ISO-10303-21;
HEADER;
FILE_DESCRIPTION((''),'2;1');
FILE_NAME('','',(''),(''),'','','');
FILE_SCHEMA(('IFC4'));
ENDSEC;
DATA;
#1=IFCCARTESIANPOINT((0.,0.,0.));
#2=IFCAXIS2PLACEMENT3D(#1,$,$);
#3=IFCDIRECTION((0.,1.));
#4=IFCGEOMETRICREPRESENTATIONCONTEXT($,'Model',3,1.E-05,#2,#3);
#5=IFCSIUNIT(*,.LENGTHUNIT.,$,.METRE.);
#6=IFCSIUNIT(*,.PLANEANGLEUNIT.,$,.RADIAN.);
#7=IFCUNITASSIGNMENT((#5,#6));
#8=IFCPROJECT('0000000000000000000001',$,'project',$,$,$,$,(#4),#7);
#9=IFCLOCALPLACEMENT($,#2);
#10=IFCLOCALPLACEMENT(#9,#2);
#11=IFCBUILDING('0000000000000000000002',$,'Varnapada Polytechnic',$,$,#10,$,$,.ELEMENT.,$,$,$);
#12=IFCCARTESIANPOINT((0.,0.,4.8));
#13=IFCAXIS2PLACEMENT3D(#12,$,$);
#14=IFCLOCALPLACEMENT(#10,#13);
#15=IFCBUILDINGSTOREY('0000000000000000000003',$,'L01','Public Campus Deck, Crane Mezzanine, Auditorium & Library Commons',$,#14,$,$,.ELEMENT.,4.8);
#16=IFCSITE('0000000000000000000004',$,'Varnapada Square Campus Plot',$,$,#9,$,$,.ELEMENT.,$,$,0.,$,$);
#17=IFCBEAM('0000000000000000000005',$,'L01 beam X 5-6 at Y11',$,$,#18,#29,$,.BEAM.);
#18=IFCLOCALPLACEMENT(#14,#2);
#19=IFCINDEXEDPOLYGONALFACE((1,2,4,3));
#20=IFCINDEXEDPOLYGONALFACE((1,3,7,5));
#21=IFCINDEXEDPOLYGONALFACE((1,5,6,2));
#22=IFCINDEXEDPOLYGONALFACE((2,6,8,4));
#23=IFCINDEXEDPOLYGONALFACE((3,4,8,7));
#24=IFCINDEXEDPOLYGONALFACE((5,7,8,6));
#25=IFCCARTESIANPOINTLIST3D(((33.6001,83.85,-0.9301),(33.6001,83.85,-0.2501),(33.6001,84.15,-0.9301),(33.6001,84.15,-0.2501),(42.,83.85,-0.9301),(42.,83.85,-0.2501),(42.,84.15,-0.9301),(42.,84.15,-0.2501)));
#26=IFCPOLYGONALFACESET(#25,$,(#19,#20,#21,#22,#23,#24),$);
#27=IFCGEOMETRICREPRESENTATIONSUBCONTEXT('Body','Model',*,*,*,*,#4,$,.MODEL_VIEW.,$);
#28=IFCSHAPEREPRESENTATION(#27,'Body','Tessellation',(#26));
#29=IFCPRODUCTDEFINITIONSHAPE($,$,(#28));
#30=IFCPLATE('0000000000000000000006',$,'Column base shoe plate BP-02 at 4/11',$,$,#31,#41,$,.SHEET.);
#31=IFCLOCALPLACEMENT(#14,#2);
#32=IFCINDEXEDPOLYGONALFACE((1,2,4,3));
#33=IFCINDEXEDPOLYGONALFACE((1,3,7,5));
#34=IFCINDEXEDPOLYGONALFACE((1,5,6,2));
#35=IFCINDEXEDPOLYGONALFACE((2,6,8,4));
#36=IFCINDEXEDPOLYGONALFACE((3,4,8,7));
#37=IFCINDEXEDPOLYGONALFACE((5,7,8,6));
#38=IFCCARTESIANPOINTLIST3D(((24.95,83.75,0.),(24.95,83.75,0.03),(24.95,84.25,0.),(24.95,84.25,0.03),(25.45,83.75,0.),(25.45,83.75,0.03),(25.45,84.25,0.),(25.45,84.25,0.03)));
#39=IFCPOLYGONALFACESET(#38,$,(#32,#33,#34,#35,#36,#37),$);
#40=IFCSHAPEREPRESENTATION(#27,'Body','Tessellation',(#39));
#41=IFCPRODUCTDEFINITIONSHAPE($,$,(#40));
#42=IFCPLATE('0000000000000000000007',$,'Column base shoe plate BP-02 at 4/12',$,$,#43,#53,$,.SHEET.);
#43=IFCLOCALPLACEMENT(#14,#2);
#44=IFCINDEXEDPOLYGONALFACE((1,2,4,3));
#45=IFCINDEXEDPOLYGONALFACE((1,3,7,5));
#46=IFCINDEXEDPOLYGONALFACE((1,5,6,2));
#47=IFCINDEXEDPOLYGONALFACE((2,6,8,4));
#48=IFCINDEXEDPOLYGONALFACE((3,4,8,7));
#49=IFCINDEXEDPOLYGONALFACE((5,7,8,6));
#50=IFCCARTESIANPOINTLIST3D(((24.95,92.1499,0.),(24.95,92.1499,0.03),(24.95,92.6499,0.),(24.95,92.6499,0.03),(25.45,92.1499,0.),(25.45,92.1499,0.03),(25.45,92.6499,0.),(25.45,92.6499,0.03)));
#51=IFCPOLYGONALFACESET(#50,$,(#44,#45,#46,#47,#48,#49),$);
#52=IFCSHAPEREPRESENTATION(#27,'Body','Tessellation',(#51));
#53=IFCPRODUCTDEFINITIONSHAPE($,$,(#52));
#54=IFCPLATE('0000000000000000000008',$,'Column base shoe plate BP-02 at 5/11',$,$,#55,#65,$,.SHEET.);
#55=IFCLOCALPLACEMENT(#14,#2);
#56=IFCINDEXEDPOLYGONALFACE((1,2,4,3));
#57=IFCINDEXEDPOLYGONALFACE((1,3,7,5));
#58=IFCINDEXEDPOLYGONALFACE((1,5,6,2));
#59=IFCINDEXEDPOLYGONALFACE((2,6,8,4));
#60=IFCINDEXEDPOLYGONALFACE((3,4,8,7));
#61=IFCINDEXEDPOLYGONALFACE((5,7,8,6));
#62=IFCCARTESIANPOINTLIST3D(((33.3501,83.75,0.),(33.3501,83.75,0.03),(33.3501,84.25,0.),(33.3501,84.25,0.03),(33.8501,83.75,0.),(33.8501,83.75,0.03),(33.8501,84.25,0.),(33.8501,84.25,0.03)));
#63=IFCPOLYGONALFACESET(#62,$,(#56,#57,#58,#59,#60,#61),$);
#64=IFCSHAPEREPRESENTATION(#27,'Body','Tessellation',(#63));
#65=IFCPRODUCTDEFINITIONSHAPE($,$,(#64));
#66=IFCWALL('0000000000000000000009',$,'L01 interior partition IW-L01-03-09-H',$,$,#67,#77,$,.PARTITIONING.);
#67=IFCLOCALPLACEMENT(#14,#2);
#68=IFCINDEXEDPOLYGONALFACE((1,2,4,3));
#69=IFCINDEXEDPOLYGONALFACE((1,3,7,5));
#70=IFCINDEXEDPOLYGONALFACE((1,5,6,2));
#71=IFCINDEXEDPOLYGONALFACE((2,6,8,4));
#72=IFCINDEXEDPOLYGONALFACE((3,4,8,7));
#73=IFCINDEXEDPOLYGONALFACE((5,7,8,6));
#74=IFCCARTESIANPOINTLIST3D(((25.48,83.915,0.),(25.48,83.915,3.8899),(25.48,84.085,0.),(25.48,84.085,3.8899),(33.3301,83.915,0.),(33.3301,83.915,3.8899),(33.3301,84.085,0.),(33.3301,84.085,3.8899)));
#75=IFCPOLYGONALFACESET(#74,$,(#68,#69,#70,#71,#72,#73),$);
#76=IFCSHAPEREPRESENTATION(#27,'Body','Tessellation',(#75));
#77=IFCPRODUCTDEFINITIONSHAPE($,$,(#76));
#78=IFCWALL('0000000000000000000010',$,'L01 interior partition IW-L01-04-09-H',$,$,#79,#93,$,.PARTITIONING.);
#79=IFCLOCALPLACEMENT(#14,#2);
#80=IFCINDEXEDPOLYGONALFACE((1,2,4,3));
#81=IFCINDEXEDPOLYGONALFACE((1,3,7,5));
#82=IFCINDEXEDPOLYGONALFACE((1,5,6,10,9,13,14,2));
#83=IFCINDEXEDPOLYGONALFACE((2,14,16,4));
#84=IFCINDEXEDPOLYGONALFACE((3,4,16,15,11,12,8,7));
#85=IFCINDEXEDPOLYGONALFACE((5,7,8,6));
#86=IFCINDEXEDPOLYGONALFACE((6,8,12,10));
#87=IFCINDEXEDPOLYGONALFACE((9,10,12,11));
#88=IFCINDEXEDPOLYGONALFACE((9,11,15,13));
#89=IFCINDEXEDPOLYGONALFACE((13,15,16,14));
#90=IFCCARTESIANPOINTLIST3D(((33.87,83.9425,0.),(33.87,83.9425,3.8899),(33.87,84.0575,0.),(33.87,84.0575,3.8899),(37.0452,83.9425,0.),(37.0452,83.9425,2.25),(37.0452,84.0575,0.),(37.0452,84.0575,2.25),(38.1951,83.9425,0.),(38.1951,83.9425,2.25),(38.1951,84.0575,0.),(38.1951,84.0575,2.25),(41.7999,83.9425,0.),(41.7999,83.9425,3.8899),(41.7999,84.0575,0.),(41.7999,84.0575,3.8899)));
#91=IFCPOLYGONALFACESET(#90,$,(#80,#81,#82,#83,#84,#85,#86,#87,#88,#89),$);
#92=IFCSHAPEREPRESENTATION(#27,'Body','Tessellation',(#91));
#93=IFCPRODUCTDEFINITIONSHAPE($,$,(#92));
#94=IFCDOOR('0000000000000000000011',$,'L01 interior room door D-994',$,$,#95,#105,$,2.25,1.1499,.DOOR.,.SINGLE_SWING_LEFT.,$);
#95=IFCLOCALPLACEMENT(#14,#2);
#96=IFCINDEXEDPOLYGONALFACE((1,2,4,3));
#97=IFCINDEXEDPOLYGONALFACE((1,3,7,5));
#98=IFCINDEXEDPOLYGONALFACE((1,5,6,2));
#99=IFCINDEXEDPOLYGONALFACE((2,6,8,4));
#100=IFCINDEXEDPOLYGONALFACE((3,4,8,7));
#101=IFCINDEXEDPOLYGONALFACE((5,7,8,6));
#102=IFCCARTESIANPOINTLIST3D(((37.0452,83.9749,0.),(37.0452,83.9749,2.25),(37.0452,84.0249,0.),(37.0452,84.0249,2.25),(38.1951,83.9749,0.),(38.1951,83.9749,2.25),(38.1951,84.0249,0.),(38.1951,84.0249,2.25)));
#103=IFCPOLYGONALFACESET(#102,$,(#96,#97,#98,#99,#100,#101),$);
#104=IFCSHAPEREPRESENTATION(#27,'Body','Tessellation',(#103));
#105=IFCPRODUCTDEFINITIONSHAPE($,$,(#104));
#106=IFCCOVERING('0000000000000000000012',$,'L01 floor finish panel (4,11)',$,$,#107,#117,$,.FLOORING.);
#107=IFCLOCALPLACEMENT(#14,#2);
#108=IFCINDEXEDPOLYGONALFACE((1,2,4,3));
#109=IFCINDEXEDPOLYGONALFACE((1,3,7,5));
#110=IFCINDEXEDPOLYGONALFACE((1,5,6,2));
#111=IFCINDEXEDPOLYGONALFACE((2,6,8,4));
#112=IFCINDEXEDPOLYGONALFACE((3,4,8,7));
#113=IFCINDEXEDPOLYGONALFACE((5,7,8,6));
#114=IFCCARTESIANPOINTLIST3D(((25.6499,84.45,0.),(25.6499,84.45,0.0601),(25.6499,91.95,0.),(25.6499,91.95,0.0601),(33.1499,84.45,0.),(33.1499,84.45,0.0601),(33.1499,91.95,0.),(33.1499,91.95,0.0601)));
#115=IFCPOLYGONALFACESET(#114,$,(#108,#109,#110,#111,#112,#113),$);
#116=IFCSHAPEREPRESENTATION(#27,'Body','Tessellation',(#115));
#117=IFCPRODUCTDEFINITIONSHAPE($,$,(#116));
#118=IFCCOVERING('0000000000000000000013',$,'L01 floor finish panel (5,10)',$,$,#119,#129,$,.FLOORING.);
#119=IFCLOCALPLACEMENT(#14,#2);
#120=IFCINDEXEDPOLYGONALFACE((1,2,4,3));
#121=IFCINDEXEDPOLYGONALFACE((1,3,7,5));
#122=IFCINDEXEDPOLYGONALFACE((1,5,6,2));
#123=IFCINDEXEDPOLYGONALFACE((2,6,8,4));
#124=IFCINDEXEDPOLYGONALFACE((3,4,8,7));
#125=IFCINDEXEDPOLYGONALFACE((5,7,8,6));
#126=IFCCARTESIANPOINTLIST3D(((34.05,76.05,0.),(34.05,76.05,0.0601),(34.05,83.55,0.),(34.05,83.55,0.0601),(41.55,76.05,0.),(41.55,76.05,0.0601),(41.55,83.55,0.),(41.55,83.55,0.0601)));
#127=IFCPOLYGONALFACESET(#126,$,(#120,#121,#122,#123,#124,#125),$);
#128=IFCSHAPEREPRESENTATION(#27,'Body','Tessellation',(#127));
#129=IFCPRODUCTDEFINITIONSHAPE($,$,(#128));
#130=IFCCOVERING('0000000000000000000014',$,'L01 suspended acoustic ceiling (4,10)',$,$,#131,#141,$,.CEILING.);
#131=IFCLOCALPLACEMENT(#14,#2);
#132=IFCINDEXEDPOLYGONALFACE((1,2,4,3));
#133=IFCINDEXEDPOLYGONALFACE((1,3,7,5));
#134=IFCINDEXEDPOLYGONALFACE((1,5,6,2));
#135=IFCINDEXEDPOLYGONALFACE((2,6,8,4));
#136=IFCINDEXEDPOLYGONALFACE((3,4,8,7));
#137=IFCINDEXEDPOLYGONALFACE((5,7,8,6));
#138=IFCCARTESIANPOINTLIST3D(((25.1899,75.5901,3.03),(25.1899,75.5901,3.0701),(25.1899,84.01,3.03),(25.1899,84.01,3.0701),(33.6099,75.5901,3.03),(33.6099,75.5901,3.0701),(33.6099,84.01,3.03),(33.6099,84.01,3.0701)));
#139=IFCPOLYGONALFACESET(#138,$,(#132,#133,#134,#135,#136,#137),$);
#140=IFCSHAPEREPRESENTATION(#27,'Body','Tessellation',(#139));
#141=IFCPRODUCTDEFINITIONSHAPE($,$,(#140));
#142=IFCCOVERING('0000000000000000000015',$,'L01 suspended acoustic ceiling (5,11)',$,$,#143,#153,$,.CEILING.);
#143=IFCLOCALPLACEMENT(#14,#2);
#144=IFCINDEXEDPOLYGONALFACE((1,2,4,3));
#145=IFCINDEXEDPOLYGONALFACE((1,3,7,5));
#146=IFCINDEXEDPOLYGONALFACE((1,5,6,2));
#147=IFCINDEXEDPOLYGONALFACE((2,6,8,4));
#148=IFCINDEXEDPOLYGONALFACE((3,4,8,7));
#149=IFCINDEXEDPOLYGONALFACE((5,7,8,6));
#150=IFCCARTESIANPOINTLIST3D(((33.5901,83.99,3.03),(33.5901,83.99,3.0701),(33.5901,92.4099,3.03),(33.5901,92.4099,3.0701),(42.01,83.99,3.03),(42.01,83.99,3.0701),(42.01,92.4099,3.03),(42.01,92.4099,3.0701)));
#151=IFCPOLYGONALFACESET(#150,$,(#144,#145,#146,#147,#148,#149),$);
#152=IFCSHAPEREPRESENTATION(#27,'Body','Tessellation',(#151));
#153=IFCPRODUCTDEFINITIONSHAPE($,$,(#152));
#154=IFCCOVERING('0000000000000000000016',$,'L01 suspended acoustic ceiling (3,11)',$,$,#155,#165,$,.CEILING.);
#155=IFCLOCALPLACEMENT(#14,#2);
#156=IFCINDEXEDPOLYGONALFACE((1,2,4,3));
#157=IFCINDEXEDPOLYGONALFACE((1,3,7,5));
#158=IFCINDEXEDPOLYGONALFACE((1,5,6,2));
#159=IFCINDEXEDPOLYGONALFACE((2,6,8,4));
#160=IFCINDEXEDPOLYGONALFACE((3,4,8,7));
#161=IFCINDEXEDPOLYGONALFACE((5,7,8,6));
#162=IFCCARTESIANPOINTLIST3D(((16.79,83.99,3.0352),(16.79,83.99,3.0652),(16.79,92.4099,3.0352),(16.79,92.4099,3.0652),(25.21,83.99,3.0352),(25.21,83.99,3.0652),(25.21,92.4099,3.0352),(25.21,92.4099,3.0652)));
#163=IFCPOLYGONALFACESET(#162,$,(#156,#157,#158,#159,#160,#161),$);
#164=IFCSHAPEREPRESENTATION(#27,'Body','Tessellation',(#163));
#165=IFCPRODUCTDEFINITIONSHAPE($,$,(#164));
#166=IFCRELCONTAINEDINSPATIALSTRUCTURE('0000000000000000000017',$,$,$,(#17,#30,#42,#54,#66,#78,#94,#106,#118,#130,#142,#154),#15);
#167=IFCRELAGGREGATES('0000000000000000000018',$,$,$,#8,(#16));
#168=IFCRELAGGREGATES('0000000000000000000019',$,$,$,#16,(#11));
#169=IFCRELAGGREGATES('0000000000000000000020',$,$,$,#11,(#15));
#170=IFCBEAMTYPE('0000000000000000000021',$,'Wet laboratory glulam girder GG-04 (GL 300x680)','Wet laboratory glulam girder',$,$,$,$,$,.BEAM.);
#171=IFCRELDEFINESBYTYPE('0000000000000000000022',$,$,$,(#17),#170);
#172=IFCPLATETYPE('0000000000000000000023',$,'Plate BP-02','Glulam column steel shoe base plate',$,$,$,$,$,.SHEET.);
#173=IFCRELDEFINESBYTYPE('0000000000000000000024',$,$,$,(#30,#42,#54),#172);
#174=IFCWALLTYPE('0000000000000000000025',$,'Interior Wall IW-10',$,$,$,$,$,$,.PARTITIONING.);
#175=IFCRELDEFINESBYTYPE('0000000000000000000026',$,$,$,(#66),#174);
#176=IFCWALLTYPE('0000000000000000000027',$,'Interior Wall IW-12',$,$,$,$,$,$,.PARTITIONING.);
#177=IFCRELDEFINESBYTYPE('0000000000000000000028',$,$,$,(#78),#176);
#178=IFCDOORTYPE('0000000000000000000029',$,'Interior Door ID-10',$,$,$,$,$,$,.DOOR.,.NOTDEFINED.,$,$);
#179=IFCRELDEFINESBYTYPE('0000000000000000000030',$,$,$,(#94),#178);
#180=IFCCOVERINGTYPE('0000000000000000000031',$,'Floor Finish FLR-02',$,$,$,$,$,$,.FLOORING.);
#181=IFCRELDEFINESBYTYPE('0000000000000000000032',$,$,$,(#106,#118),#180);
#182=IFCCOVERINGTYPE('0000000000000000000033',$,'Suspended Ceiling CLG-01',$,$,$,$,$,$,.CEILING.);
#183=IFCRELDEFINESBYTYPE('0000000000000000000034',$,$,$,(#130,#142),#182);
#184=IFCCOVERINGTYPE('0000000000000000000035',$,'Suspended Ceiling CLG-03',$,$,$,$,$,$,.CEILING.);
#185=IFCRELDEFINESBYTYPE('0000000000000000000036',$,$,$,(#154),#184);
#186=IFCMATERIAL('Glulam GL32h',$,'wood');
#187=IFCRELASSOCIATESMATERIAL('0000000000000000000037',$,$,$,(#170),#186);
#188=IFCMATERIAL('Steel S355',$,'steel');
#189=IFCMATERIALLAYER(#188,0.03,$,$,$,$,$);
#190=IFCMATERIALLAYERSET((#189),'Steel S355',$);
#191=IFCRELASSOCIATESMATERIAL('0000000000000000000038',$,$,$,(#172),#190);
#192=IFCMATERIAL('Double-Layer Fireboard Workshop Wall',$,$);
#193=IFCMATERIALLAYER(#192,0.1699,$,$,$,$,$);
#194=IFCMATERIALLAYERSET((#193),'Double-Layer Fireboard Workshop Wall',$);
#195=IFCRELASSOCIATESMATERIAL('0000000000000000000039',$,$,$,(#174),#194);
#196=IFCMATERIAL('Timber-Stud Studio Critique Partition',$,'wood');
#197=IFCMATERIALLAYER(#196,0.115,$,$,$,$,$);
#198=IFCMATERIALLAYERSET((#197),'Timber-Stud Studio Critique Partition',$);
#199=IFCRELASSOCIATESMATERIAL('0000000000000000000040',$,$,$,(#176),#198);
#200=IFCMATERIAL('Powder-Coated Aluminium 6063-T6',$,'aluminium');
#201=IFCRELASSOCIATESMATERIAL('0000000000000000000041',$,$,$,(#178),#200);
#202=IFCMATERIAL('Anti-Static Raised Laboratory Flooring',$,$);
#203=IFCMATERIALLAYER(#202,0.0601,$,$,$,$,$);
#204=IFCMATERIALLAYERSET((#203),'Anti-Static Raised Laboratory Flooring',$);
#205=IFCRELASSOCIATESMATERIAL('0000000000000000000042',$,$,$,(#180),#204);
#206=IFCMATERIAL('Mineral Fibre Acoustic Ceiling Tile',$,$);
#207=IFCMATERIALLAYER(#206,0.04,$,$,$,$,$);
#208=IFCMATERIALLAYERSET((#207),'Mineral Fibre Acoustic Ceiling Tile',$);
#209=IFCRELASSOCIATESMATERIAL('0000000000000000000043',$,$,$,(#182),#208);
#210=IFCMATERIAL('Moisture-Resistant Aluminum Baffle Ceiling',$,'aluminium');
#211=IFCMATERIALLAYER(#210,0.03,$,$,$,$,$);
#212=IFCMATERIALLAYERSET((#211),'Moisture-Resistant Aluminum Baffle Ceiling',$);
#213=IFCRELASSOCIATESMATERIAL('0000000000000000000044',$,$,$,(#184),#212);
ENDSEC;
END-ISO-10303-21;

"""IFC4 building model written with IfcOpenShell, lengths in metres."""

from ifc_helpers import new_model, si_unit, direction, frame, frame_2d, origin, origin_2d, place, context, subcontext, project, spatial, rectangle, extrude, material, layer, layer_set, material_profile, profile_set, type_object, element, fill, save


model = new_model("IFC4")

# Units and contexts
model_context = context("Model", 3, precision=1e-05, world=origin(), true_north=direction((0.0, 1.0)))
body_context = subcontext(model_context, "Body", "Model", "MODEL_VIEW")
ifc_project = project(units=[si_unit("LENGTHUNIT", "METRE"), si_unit("PLANEANGLEUNIT", "RADIAN")], contexts=[model_context])

# Site, building, storey
site_placement = place(None, origin())
site = spatial("IfcSite", under=ifc_project, at=site_placement, Name="Varnapada Square Campus Plot", CompositionType="ELEMENT", RefElevation=0.0)
building_placement = place(site_placement, origin())
building = spatial("IfcBuilding", under=site, at=building_placement, Name="Varnapada Polytechnic", CompositionType="ELEMENT")
storey_placement = place(building_placement, frame((0.0, 0.0, 4.8)))
storey = spatial("IfcBuildingStorey", under=building, at=storey_placement, Name="L01", Description="Public Campus Deck, Crane Mezzanine, Auditorium & Library Commons", CompositionType="ELEMENT", Elevation=4.8)

# Shared definitions
ifc_material_1 = material(Name="Glulam GL32h", Category="wood")

# Beam
ifc_material_profile_1 = material_profile(ifc_material_1, rectangle(XDim=0.3, YDim=0.6799, at=origin_2d()), Name="GL 300x680")
ifc_profile_set_1 = profile_set([ifc_material_profile_1], Name="Glulam GL32h")
beam_type_1 = type_object("IfcBeamType", Name="Wet laboratory glulam girder GG-04 (GL 300x680)", Description="Wet laboratory glulam girder", PredefinedType="BEAM", material=ifc_profile_set_1)
beam_placement = place(storey_placement, frame((33.6001, 84.0, -0.5901), z_axis=(1.0, 0.0, 0.0), x_axis=(0.0, 1.0, 0.0)))
element("IfcBeam", 1, at=beam_placement, inside=storey, type_object=beam_type_1, Name="L01 beam X 5-6 at Y11", PredefinedType="BEAM", context=body_context, shape_type="SweptSolid", body=[
    extrude(rectangle(XDim=0.3, YDim=0.6799, at=origin_2d()), origin(), (0.0, 0.0, 1.0), 8.3999),
])

# Plates
ifc_material_2 = material(Name="Steel S355", Category="steel")
ifc_layer_1 = layer(ifc_material_2, 0.03)
ifc_layer_set_1 = layer_set([ifc_layer_1], Name="Steel S355")
plate_type = type_object("IfcPlateType", Name="Plate BP-02", Description="Glulam column steel shoe base plate", PredefinedType="SHEET", material=ifc_layer_set_1)
for number, where, z_axis, x_axis, name in (
    (2, (25.2, 84.0, 0.0), (0.0, 0.0, 1.0), (1.0, 0.0, 0.0), "Column base shoe plate BP-02 at 4/11"),
    (3, (25.2, 92.3999, 0.0), (0.0, 0.0, 1.0), (1.0, 0.0, 0.0), "Column base shoe plate BP-02 at 4/12"),
    (4, (33.6001, 84.0, 0.0), (0.0, 0.0, 1.0), (1.0, 0.0, 0.0), "Column base shoe plate BP-02 at 5/11"),
):
    element("IfcPlate", number, at=place(storey_placement, frame(where, z_axis=z_axis, x_axis=x_axis)), inside=storey, type_object=plate_type, Name=name, PredefinedType="SHEET", context=body_context, shape_type="SweptSolid", body=[
        extrude(rectangle(XDim=0.5, YDim=0.5, at=origin_2d()), origin(), (0.0, 0.0, 1.0), 0.03),
    ])

# Wall
ifc_material_3 = material(Name="Double-Layer Fireboard Workshop Wall")
ifc_layer_2 = layer(ifc_material_3, 0.1699)
ifc_layer_set_2 = layer_set([ifc_layer_2], Name="Double-Layer Fireboard Workshop Wall")
wall_type_1 = type_object("IfcWallType", Name="Interior Wall IW-10", PredefinedType="PARTITIONING", material=ifc_layer_set_2)
wall_1_placement = place(storey_placement, frame((25.48, 84.0, 0.0), z_axis=(0.0, 0.0, 1.0), x_axis=(1.0, 0.0, 0.0)))
element("IfcWall", 5, at=wall_1_placement, inside=storey, type_object=wall_type_1, Name="L01 interior partition IW-L01-03-09-H", PredefinedType="PARTITIONING", context=body_context, shape_type="SweptSolid", body=[
    extrude(rectangle(XDim=7.8501, YDim=0.1699, at=frame_2d((3.925, 0.0))), origin(), (0.0, 0.0, 1.0), 3.8899),
])

# Wall, opening, door
ifc_material_4 = material(Name="Timber-Stud Studio Critique Partition", Category="wood")
ifc_layer_3 = layer(ifc_material_4, 0.115)
ifc_layer_set_3 = layer_set([ifc_layer_3], Name="Timber-Stud Studio Critique Partition")
wall_type_2 = type_object("IfcWallType", Name="Interior Wall IW-12", PredefinedType="PARTITIONING", material=ifc_layer_set_3)
wall_2_placement = place(storey_placement, frame((33.8701, 84.0, 0.0), z_axis=(0.0, 0.0, 1.0), x_axis=(1.0, 0.0, 0.0)))
wall_2 = element("IfcWall", 6, at=wall_2_placement, inside=storey, type_object=wall_type_2, Name="L01 interior partition IW-L01-04-09-H", PredefinedType="PARTITIONING", context=body_context, shape_type="SweptSolid", body=[
    extrude(rectangle(XDim=7.9299, YDim=0.115, at=frame_2d((3.9648, 0.0))), origin(), (0.0, 0.0, 1.0), 3.8899),
])
opening_placement = place(wall_2_placement, frame((3.175, 0.0, 0.0)))
opening = element("IfcOpeningElement", 7, at=opening_placement, cuts=wall_2, PredefinedType="OPENING", context=body_context, shape_type="SweptSolid", body=[
    extrude(rectangle(XDim=1.1499, YDim=2.25, at=frame_2d((0.575, 1.125))), frame((0.0, 0.0674, 0.0), z_axis=(0.0, -1.0, 0.0), x_axis=(1.0, 0.0, 0.0)), (0.0, 0.0, 1.0), 0.135),
])
ifc_material_5 = material(Name="Powder-Coated Aluminium 6063-T6", Category="aluminium")
door_type = type_object("IfcDoorType", Name="Interior Door ID-10", OperationType="NOTDEFINED", PredefinedType="DOOR", material=ifc_material_5)
door_placement = place(opening_placement, origin())
door = element("IfcDoor", 8, at=door_placement, inside=storey, type_object=door_type, Name="L01 interior room door D-994", OperationType="SINGLE_SWING_LEFT", OverallHeight=2.25, OverallWidth=1.1499, PredefinedType="DOOR", context=body_context, shape_type="SweptSolid", body=[
    extrude(rectangle(XDim=1.1499, YDim=2.25, at=frame_2d((0.575, 1.125))), frame((0.0, 0.0249, 0.0), z_axis=(0.0, -1.0, 0.0), x_axis=(1.0, 0.0, 0.0)), (0.0, 0.0, 1.0), 0.05),
])
fill(opening, door)

# Coverings
ifc_material_6 = material(Name="Anti-Static Raised Laboratory Flooring")
ifc_layer_4 = layer(ifc_material_6, 0.0601)
ifc_layer_set_4 = layer_set([ifc_layer_4], Name="Anti-Static Raised Laboratory Flooring")
covering_type_1 = type_object("IfcCoveringType", Name="Floor Finish FLR-02", PredefinedType="FLOORING", material=ifc_layer_set_4)
for number, where, z_axis, x_axis, name in (
    (9, (29.3999, 88.2, 0.0), (0.0, 0.0, 1.0), (1.0, 0.0, 0.0), "L01 floor finish panel (4,11)"),
    (10, (37.8, 79.8, 0.0), (0.0, 0.0, 1.0), (1.0, 0.0, 0.0), "L01 floor finish panel (5,10)"),
):
    element("IfcCovering", number, at=place(storey_placement, frame(where, z_axis=z_axis, x_axis=x_axis)), inside=storey, type_object=covering_type_1, Name=name, PredefinedType="FLOORING", context=body_context, shape_type="SweptSolid", body=[
        extrude(rectangle(XDim=7.5, YDim=7.5, at=origin_2d()), origin(), (0.0, 0.0, 1.0), 0.0601),
    ])
ifc_material_7 = material(Name="Mineral Fibre Acoustic Ceiling Tile")
ifc_layer_5 = layer(ifc_material_7, 0.04)
ifc_layer_set_5 = layer_set([ifc_layer_5], Name="Mineral Fibre Acoustic Ceiling Tile")
covering_type_2 = type_object("IfcCoveringType", Name="Suspended Ceiling CLG-01", PredefinedType="CEILING", material=ifc_layer_set_5)
for number, where, z_axis, x_axis, name in (
    (11, (29.3999, 79.8, 3.03), (0.0, 0.0, 1.0), (1.0, 0.0, 0.0), "L01 suspended acoustic ceiling (4,10)"),
    (12, (37.8, 88.2, 3.03), (0.0, 0.0, 1.0), (1.0, 0.0, 0.0), "L01 suspended acoustic ceiling (5,11)"),
):
    element("IfcCovering", number, at=place(storey_placement, frame(where, z_axis=z_axis, x_axis=x_axis)), inside=storey, type_object=covering_type_2, Name=name, PredefinedType="CEILING", context=body_context, shape_type="SweptSolid", body=[
        extrude(rectangle(XDim=8.4199, YDim=8.4199, at=origin_2d()), origin(), (0.0, 0.0, 1.0), 0.04),
    ])
ifc_material_8 = material(Name="Moisture-Resistant Aluminum Baffle Ceiling", Category="aluminium")
ifc_layer_6 = layer(ifc_material_8, 0.03)
ifc_layer_set_6 = layer_set([ifc_layer_6], Name="Moisture-Resistant Aluminum Baffle Ceiling")
covering_type_3 = type_object("IfcCoveringType", Name="Suspended Ceiling CLG-03", PredefinedType="CEILING", material=ifc_layer_set_6)
covering_placement = place(storey_placement, frame((21.0, 88.2, 3.0352), z_axis=(0.0, 0.0, 1.0), x_axis=(1.0, 0.0, 0.0)))
element("IfcCovering", 13, at=covering_placement, inside=storey, type_object=covering_type_3, Name="L01 suspended acoustic ceiling (3,11)", PredefinedType="CEILING", context=body_context, shape_type="SweptSolid", body=[
    extrude(rectangle(XDim=8.4199, YDim=8.4199, at=origin_2d()), origin(), (0.0, 0.0, 1.0), 0.03),
])

save(model, "model.ifc")
